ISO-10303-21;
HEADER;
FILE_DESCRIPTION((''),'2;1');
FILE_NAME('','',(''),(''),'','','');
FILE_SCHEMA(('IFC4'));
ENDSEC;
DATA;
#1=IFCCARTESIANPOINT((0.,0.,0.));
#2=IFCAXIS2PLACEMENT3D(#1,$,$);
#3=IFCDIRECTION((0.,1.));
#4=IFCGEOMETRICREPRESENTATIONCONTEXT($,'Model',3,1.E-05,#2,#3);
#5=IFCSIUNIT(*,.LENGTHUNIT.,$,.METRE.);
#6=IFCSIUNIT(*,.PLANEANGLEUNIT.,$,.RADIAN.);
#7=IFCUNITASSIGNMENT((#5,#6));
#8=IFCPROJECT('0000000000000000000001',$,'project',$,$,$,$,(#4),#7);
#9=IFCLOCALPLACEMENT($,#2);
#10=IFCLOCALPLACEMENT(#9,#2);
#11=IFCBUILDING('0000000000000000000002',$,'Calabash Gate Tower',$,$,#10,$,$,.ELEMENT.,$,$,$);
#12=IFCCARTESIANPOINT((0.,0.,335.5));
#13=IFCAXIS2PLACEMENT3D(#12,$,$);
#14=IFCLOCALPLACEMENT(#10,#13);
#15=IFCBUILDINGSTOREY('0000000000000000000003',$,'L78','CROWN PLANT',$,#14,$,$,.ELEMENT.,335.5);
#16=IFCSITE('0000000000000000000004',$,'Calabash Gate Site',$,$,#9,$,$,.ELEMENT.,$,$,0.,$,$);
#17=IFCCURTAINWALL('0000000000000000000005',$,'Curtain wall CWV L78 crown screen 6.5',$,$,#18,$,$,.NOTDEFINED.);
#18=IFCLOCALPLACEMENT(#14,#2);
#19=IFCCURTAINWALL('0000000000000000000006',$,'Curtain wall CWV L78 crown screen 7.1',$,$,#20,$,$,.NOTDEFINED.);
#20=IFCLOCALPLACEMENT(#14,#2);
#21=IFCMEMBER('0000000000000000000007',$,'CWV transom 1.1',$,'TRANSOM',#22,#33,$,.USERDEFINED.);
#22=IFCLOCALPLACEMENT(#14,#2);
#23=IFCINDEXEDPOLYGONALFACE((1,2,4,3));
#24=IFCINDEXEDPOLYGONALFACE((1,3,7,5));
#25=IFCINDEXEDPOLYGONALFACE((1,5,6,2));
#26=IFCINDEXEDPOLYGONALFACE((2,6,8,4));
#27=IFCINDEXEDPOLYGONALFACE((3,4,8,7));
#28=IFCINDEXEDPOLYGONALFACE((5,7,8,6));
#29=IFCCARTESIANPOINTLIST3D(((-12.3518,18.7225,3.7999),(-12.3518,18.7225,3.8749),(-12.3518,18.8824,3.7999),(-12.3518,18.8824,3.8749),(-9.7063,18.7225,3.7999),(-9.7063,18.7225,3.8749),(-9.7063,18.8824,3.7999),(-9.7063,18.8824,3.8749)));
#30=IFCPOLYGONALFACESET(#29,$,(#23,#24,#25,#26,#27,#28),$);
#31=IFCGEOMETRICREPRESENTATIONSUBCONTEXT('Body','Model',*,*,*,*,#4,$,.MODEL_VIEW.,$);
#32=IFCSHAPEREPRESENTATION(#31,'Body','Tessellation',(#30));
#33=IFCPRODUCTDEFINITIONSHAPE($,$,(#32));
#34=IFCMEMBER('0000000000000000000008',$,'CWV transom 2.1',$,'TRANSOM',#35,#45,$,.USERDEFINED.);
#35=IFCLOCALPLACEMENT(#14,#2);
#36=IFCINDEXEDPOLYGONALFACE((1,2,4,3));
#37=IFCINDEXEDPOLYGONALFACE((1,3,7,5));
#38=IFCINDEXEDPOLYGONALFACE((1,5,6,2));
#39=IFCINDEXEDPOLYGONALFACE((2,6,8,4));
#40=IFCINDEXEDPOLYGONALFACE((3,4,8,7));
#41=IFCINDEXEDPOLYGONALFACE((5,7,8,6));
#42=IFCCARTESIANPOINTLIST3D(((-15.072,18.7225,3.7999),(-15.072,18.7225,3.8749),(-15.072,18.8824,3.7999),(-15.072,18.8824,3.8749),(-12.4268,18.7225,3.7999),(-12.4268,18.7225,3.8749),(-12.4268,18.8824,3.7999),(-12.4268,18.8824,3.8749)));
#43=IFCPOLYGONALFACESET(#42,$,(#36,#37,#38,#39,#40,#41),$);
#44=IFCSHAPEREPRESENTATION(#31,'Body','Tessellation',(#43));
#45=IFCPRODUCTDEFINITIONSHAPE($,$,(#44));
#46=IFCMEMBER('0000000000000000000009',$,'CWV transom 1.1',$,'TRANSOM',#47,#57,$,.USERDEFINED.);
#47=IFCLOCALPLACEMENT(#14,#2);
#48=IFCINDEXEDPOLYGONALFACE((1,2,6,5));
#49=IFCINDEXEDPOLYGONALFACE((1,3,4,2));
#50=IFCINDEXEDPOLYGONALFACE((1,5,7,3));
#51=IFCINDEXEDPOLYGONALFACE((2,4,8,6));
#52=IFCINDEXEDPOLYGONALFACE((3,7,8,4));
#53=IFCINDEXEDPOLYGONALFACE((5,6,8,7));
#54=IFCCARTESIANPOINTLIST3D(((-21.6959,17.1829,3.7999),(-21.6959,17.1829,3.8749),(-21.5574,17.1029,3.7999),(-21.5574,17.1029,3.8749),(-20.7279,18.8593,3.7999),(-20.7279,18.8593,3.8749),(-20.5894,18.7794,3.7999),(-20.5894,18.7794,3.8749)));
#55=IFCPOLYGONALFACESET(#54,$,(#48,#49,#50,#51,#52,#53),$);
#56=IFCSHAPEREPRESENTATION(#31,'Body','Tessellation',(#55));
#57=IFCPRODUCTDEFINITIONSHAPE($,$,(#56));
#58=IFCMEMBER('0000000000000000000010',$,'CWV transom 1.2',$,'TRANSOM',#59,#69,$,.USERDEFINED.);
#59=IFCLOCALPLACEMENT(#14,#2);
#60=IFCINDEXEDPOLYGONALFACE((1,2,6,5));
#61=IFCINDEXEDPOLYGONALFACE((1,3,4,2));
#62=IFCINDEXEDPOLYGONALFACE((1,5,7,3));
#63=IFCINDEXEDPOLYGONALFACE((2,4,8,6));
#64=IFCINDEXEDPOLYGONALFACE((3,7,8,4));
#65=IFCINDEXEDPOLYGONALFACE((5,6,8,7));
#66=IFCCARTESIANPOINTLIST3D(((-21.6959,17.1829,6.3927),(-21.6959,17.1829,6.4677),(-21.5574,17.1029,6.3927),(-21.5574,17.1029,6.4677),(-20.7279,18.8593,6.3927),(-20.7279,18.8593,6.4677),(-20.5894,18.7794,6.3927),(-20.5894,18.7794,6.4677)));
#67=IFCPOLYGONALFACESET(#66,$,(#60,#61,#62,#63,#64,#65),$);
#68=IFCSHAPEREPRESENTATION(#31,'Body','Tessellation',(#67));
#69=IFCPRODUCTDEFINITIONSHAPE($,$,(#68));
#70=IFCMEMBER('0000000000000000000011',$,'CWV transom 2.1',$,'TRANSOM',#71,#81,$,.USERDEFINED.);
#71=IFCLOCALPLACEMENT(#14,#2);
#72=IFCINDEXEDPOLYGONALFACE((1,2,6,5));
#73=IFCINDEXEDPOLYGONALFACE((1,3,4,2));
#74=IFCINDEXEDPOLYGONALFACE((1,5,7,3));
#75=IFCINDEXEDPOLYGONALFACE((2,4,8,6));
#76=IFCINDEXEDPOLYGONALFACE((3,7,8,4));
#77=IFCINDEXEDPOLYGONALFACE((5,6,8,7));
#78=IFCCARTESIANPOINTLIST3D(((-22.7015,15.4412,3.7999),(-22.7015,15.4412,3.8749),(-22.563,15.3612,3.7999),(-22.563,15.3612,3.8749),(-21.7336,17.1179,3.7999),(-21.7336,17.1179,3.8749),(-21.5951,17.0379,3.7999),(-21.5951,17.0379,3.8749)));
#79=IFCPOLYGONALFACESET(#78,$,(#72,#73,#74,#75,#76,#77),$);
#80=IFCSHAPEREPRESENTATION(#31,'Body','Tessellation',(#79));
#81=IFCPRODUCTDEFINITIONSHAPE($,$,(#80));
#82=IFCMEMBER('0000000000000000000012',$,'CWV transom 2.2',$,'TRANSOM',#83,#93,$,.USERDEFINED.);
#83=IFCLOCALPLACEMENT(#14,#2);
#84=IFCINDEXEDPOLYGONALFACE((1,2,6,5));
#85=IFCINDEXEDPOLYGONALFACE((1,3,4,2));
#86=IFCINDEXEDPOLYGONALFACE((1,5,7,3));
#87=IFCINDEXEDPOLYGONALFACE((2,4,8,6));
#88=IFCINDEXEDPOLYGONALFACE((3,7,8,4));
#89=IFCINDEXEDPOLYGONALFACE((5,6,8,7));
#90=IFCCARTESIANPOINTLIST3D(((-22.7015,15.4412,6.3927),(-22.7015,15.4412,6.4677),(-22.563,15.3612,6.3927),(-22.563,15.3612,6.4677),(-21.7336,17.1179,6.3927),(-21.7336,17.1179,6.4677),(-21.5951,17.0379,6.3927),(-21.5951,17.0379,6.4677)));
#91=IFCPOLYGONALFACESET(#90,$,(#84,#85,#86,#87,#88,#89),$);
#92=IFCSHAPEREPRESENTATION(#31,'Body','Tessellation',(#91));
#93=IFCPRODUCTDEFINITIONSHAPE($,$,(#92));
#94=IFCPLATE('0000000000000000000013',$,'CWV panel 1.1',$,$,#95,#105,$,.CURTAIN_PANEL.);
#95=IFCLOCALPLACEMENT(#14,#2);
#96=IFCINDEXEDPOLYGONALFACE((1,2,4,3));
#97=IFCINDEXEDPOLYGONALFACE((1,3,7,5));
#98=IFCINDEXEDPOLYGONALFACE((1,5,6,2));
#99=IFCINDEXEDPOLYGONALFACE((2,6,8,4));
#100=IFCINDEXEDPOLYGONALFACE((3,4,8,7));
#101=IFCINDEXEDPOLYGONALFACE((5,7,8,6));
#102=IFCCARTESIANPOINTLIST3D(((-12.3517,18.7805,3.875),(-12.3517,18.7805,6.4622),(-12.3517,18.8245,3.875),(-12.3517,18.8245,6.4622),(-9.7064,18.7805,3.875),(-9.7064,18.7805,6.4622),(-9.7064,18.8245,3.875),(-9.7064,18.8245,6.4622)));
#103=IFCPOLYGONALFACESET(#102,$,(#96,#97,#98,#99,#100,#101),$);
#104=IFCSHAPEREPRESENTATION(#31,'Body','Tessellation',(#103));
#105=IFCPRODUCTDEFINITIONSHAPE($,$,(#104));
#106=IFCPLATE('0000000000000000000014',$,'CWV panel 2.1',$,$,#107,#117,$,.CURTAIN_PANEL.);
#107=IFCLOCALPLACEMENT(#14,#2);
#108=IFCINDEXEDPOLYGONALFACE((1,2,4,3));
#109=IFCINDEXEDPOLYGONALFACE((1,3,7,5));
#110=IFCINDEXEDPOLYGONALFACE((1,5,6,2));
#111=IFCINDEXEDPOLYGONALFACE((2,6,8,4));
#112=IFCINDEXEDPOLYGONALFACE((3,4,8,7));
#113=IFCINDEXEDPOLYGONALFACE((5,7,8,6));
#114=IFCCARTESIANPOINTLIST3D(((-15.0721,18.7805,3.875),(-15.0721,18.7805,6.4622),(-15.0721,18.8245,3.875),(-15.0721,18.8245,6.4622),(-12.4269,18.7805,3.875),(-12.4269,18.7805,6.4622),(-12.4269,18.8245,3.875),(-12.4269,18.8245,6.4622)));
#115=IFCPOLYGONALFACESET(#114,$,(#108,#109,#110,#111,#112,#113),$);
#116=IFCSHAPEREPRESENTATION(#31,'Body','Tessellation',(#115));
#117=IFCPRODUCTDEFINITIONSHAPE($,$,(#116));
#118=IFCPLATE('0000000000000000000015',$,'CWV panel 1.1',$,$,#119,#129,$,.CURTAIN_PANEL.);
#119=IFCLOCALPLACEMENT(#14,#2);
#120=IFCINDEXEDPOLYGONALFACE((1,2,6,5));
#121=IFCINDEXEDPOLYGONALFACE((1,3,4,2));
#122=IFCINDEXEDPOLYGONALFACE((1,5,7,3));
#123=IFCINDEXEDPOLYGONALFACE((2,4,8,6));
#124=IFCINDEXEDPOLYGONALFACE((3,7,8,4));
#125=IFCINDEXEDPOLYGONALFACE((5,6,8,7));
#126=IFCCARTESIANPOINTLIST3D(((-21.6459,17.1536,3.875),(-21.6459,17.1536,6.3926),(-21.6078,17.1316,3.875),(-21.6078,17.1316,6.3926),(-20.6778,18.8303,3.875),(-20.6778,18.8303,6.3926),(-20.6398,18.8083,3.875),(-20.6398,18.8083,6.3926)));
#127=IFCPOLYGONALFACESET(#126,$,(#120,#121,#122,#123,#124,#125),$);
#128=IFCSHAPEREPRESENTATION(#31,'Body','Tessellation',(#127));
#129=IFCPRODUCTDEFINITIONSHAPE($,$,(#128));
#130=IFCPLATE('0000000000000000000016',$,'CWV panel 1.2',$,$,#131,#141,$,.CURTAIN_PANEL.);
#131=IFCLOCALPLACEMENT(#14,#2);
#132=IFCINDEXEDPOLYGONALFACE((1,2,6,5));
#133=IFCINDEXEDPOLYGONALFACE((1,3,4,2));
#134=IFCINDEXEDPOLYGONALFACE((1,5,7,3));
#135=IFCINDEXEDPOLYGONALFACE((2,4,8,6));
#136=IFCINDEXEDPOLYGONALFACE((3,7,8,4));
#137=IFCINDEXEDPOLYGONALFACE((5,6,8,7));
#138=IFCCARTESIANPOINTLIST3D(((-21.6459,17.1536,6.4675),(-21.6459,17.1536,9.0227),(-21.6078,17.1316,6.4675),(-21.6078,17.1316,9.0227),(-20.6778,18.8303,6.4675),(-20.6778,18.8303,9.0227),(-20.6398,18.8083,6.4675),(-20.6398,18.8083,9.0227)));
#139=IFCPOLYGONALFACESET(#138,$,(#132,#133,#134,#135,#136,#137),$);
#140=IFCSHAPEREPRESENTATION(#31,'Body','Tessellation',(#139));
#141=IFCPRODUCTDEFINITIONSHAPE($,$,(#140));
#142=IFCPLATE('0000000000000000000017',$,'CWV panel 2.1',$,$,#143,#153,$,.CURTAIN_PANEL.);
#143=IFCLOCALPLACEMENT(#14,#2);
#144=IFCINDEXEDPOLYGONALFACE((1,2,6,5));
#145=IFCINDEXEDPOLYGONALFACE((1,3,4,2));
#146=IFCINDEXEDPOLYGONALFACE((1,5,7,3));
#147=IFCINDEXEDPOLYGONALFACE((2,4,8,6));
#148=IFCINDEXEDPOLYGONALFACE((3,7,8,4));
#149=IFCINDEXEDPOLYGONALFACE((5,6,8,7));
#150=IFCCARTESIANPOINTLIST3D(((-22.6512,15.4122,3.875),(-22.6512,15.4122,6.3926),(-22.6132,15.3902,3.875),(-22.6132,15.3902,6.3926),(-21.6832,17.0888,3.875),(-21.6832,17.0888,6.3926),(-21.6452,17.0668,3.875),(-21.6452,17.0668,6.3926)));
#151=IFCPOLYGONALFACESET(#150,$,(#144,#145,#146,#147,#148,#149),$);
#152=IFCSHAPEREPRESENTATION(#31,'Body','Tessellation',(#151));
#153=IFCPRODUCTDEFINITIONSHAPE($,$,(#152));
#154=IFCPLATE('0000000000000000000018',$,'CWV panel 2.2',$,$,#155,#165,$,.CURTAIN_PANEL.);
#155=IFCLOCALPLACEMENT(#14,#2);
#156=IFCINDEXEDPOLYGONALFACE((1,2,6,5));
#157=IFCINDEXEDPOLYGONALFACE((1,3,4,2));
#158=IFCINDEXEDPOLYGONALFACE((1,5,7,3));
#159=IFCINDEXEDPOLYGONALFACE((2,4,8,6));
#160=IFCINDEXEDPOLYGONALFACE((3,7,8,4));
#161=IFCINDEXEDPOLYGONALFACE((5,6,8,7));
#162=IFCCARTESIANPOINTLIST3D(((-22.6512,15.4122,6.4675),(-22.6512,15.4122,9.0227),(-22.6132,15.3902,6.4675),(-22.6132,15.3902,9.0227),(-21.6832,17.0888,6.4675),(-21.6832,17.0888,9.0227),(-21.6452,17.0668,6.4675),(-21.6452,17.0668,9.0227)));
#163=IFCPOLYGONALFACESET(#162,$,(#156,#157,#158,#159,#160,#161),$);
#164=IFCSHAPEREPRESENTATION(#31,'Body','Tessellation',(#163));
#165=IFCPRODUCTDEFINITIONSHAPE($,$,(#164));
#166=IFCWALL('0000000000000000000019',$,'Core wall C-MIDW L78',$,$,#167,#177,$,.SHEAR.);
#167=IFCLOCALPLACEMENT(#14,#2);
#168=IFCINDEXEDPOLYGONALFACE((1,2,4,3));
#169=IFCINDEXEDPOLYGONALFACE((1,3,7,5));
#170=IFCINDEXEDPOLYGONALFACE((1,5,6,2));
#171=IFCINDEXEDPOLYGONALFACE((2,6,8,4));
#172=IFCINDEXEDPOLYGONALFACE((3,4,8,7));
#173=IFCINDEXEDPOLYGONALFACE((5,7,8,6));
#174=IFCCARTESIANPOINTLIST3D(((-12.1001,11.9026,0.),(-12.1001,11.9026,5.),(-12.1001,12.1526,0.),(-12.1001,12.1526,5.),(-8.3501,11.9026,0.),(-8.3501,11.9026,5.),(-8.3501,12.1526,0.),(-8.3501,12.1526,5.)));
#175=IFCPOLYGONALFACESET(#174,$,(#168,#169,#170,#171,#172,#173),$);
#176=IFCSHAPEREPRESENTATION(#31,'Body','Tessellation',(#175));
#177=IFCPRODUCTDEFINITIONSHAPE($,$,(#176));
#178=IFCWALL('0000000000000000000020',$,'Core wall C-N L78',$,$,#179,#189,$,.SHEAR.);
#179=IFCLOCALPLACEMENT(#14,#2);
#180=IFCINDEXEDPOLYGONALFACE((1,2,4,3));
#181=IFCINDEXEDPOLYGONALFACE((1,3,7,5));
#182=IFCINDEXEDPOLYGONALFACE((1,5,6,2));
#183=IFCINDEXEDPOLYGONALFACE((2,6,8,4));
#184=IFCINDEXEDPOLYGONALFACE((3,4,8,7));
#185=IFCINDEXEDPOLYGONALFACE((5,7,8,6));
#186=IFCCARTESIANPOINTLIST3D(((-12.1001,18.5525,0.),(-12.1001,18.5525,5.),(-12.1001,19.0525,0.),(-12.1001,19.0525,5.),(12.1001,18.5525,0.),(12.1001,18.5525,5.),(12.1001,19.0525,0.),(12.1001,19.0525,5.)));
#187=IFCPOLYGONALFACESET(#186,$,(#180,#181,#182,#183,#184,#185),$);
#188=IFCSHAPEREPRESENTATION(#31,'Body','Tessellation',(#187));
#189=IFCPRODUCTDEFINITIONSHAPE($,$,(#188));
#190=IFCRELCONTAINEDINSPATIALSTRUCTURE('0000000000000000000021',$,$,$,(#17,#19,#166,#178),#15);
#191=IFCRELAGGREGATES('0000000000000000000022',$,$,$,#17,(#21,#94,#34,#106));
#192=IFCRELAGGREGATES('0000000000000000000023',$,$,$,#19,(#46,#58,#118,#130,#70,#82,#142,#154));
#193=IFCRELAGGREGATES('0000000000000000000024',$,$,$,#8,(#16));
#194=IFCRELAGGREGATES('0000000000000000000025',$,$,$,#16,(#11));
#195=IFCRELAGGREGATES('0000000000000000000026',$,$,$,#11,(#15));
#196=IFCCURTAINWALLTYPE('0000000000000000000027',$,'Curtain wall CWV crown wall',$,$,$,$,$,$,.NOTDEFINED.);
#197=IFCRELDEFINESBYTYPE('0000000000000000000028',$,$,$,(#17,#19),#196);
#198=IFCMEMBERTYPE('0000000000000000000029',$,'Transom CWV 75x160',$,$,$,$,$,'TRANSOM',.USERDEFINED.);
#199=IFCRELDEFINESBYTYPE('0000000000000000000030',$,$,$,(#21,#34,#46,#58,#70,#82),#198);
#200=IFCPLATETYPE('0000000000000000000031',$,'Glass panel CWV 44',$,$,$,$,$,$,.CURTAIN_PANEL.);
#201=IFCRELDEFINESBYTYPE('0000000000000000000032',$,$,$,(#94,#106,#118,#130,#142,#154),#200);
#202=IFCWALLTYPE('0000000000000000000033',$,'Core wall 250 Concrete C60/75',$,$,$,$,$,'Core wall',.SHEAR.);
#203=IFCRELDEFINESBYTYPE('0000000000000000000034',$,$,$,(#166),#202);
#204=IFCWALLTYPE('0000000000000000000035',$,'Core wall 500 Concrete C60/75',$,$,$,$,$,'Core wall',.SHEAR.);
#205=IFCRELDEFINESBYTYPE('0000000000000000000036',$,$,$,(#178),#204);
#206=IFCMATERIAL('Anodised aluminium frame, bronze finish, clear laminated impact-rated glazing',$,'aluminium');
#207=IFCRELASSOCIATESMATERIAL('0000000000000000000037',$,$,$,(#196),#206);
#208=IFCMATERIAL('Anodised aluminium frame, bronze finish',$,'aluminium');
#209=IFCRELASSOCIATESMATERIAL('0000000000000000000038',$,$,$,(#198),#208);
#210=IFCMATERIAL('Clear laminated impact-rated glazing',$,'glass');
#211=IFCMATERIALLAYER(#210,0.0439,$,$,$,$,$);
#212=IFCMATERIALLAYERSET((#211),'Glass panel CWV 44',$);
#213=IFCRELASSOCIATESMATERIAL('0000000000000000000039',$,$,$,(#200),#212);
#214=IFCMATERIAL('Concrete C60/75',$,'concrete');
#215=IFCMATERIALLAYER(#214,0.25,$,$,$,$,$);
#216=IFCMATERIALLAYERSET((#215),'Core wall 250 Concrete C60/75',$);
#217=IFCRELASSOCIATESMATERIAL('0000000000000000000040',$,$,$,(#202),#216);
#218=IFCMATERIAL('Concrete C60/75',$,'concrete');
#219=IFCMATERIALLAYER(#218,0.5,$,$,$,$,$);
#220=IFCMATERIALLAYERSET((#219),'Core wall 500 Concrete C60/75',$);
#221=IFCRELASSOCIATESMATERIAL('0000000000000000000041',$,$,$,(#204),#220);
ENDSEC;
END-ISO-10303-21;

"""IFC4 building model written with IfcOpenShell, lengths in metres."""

from ifc_helpers import new_model, si_unit, direction, frame, frame_2d, origin, origin_2d, place, context, subcontext, project, spatial, rectangle, extrude, material, layer, layer_set, material_profile, profile_set, type_object, element, aggregate, save


model = new_model("IFC4")

# Units and contexts
model_context = context("Model", 3, precision=1e-05, world=origin(), true_north=direction((0.0, 1.0)))
body_context = subcontext(model_context, "Body", "Model", "MODEL_VIEW")
ifc_project = project(units=[si_unit("LENGTHUNIT", "METRE"), si_unit("PLANEANGLEUNIT", "RADIAN")], contexts=[model_context])

# Site, building, storey
site_placement = place(None, origin())
site = spatial("IfcSite", under=ifc_project, at=site_placement, Name="Calabash Gate Site", CompositionType="ELEMENT", RefElevation=0.0)
building_placement = place(site_placement, origin())
building = spatial("IfcBuilding", under=site, at=building_placement, Name="Calabash Gate Tower", CompositionType="ELEMENT")
storey_placement = place(building_placement, frame((0.0, 0.0, 335.5)))
storey = spatial("IfcBuildingStorey", under=building, at=storey_placement, Name="L78", Description="CROWN PLANT", CompositionType="ELEMENT", Elevation=335.5)

# Curtain walls
ifc_material_1 = material(Name="Anodised aluminium frame, bronze finish, clear laminated impact-rated glazing", Category="aluminium")
curtain_wall_type = type_object("IfcCurtainWallType", Name="Curtain wall CWV crown wall", PredefinedType="NOTDEFINED", material=ifc_material_1)
curtain_wall_1_placement = place(storey_placement, origin())
curtain_wall_1 = element("IfcCurtainWall", 1, at=curtain_wall_1_placement, inside=storey, type_object=curtain_wall_type, Name="Curtain wall CWV L78 crown screen 6.5", PredefinedType="NOTDEFINED")
curtain_wall_2_placement = place(storey_placement, origin())
curtain_wall_2 = element("IfcCurtainWall", 2, at=curtain_wall_2_placement, inside=storey, type_object=curtain_wall_type, Name="Curtain wall CWV L78 crown screen 7.1", PredefinedType="NOTDEFINED")

# Members
ifc_material_2 = material(Name="Anodised aluminium frame, bronze finish", Category="aluminium")
ifc_material_profile_1 = material_profile(ifc_material_2, rectangle(XDim=0.1599, YDim=0.075, at=origin_2d()))
ifc_profile_set_1 = profile_set([ifc_material_profile_1], Name="Anodised aluminium frame, bronze finish")
member_type_1 = type_object("IfcMemberType", Name="Transom CWV 75x160", ElementType="TRANSOM", PredefinedType="USERDEFINED", material=ifc_profile_set_1)
member_1_placement = place(storey_placement, frame((-9.7063, 18.8025, 3.8374), z_axis=(-1.0, 0.0, 0.0), x_axis=(0.0, -1.0, 0.0)))
member_1 = element("IfcMember", 3, at=member_1_placement, type_object=member_type_1, Name="CWV transom 1.1", ObjectType="TRANSOM", PredefinedType="USERDEFINED", context=body_context, shape_type="SweptSolid", body=[
    extrude(rectangle(XDim=0.1599, YDim=0.075, at=origin_2d()), origin(), (0.0, 0.0, 1.0), 2.6455),
])
member_2_placement = place(storey_placement, frame((-12.4268, 18.8025, 3.8374), z_axis=(-1.0, 0.0, 0.0), x_axis=(0.0, -1.0, 0.0)))
member_2 = element("IfcMember", 4, at=member_2_placement, type_object=member_type_1, Name="CWV transom 2.1", ObjectType="TRANSOM", PredefinedType="USERDEFINED", context=body_context, shape_type="SweptSolid", body=[
    extrude(rectangle(XDim=0.1599, YDim=0.075, at=origin_2d()), origin(), (0.0, 0.0, 1.0), 2.6453),
])
member_3_placement = place(storey_placement, frame((-20.6587, 18.8193, 3.8374), z_axis=(-0.500032, -0.866007, 0.0), x_axis=(0.866007, -0.500032, 0.0)))
member_3 = element("IfcMember", 5, at=member_3_placement, type_object=member_type_1, Name="CWV transom 1.1", ObjectType="TRANSOM", PredefinedType="USERDEFINED", context=body_context, shape_type="SweptSolid", body=[
    extrude(rectangle(XDim=0.1599, YDim=0.075, at=origin_2d()), origin(), (0.0, 0.0, 1.0), 1.9358),
])
member_4_placement = place(storey_placement, frame((-20.6587, 18.8193, 6.4302), z_axis=(-0.500032, -0.866007, 0.0), x_axis=(0.866007, -0.500032, 0.0)))
member_4 = element("IfcMember", 6, at=member_4_placement, type_object=member_type_1, Name="CWV transom 1.2", ObjectType="TRANSOM", PredefinedType="USERDEFINED", context=body_context, shape_type="SweptSolid", body=[
    extrude(rectangle(XDim=0.1599, YDim=0.075, at=origin_2d()), origin(), (0.0, 0.0, 1.0), 1.9358),
])
member_5_placement = place(storey_placement, frame((-21.6643, 17.0779, 3.8374), z_axis=(-0.499977, -0.866039, 0.0), x_axis=(0.866039, -0.499977, 0.0)))
member_5 = element("IfcMember", 7, at=member_5_placement, type_object=member_type_1, Name="CWV transom 2.1", ObjectType="TRANSOM", PredefinedType="USERDEFINED", context=body_context, shape_type="SweptSolid", body=[
    extrude(rectangle(XDim=0.1599, YDim=0.075, at=origin_2d()), origin(), (0.0, 0.0, 1.0), 1.936),
])
member_6_placement = place(storey_placement, frame((-21.6643, 17.0779, 6.4302), z_axis=(-0.499977, -0.866039, 0.0), x_axis=(0.866039, -0.499977, 0.0)))
member_6 = element("IfcMember", 8, at=member_6_placement, type_object=member_type_1, Name="CWV transom 2.2", ObjectType="TRANSOM", PredefinedType="USERDEFINED", context=body_context, shape_type="SweptSolid", body=[
    extrude(rectangle(XDim=0.1599, YDim=0.075, at=origin_2d()), origin(), (0.0, 0.0, 1.0), 1.936),
])

# Plates
ifc_material_3 = material(Name="Clear laminated impact-rated glazing", Category="glass")
ifc_layer_1 = layer(ifc_material_3, 0.0439)
ifc_layer_set_1 = layer_set([ifc_layer_1], Name="Glass panel CWV 44")
plate_type = type_object("IfcPlateType", Name="Glass panel CWV 44", PredefinedType="CURTAIN_PANEL", material=ifc_layer_set_1)
plate_1_placement = place(storey_placement, frame((-11.0291, 18.8025, 3.875), z_axis=(0.0, 0.0, 1.0), x_axis=(-1.0, 0.0, 0.0)))
plate_1 = element("IfcPlate", 9, at=plate_1_placement, type_object=plate_type, Name="CWV panel 1.1", PredefinedType="CURTAIN_PANEL", context=body_context, shape_type="SweptSolid", body=[
    extrude(rectangle(XDim=2.6453, YDim=0.0439, at=origin_2d()), origin(), (0.0, 0.0, 1.0), 2.5872),
])
plate_2_placement = place(storey_placement, frame((-13.7495, 18.8025, 3.875), z_axis=(0.0, 0.0, 1.0), x_axis=(-1.0, 0.0, 0.0)))
plate_2 = element("IfcPlate", 10, at=plate_2_placement, type_object=plate_type, Name="CWV panel 2.1", PredefinedType="CURTAIN_PANEL", context=body_context, shape_type="SweptSolid", body=[
    extrude(rectangle(XDim=2.6453, YDim=0.0439, at=origin_2d()), origin(), (0.0, 0.0, 1.0), 2.5872),
])
aggregate(curtain_wall_1, [member_1, plate_1, member_2, plate_2])
plate_3_placement = place(storey_placement, frame((-21.1428, 17.981, 3.875), z_axis=(0.0, 0.0, 1.0), x_axis=(-0.5, -0.866025, 0.0)))
plate_3 = element("IfcPlate", 11, at=plate_3_placement, type_object=plate_type, Name="CWV panel 1.1", PredefinedType="CURTAIN_PANEL", context=body_context, shape_type="SweptSolid", body=[
    extrude(rectangle(XDim=1.936, YDim=0.0439, at=origin_2d()), origin(), (0.0, 0.0, 1.0), 2.5176),
])
plate_4_placement = place(storey_placement, frame((-21.1428, 17.981, 6.4675), z_axis=(0.0, 0.0, 1.0), x_axis=(-0.5, -0.866025, 0.0)))
plate_4 = element("IfcPlate", 12, at=plate_4_placement, type_object=plate_type, Name="CWV panel 1.2", PredefinedType="CURTAIN_PANEL", context=body_context, shape_type="SweptSolid", body=[
    extrude(rectangle(XDim=1.936, YDim=0.0439, at=origin_2d()), origin(), (0.0, 0.0, 1.0), 2.5552),
])
plate_5_placement = place(storey_placement, frame((-22.1482, 16.2395, 3.875), z_axis=(0.0, 0.0, 1.0), x_axis=(-0.5, -0.866025, 0.0)))
plate_5 = element("IfcPlate", 13, at=plate_5_placement, type_object=plate_type, Name="CWV panel 2.1", PredefinedType="CURTAIN_PANEL", context=body_context, shape_type="SweptSolid", body=[
    extrude(rectangle(XDim=1.936, YDim=0.0439, at=origin_2d()), origin(), (0.0, 0.0, 1.0), 2.5176),
])
plate_6_placement = place(storey_placement, frame((-22.1482, 16.2395, 6.4675), z_axis=(0.0, 0.0, 1.0), x_axis=(-0.5, -0.866025, 0.0)))
plate_6 = element("IfcPlate", 14, at=plate_6_placement, type_object=plate_type, Name="CWV panel 2.2", PredefinedType="CURTAIN_PANEL", context=body_context, shape_type="SweptSolid", body=[
    extrude(rectangle(XDim=1.936, YDim=0.0439, at=origin_2d()), origin(), (0.0, 0.0, 1.0), 2.5552),
])
aggregate(curtain_wall_2, [member_3, member_4, plate_3, plate_4, member_5, member_6, plate_5, plate_6])

# Walls
ifc_material_4 = material(Name="Concrete C60/75", Category="concrete")
ifc_layer_2 = layer(ifc_material_4, 0.25)
ifc_layer_set_2 = layer_set([ifc_layer_2], Name="Core wall 250 Concrete C60/75")
wall_type_1 = type_object("IfcWallType", Name="Core wall 250 Concrete C60/75", ElementType="Core wall", PredefinedType="SHEAR", material=ifc_layer_set_2)
wall_1_placement = place(storey_placement, frame((-12.1001, 12.0276, 0.0), z_axis=(0.0, 0.0, 1.0), x_axis=(1.0, 0.0, 0.0)))
element("IfcWall", 15, at=wall_1_placement, inside=storey, type_object=wall_type_1, Name="Core wall C-MIDW L78", PredefinedType="SHEAR", context=body_context, shape_type="SweptSolid", body=[
    extrude(rectangle(XDim=3.75, YDim=0.25, at=frame_2d((1.875, 0.0))), origin(), (0.0, 0.0, 1.0), 5.0),
])
ifc_material_5 = material(Name="Concrete C60/75", Category="concrete")
ifc_layer_3 = layer(ifc_material_5, 0.5)
ifc_layer_set_3 = layer_set([ifc_layer_3], Name="Core wall 500 Concrete C60/75")
wall_type_2 = type_object("IfcWallType", Name="Core wall 500 Concrete C60/75", ElementType="Core wall", PredefinedType="SHEAR", material=ifc_layer_set_3)
wall_2_placement = place(storey_placement, frame((-12.1001, 18.8025, 0.0), z_axis=(0.0, 0.0, 1.0), x_axis=(1.0, 0.0, 0.0)))
element("IfcWall", 16, at=wall_2_placement, inside=storey, type_object=wall_type_2, Name="Core wall C-N L78", PredefinedType="SHEAR", context=body_context, shape_type="SweptSolid", body=[
    extrude(rectangle(XDim=24.2002, YDim=0.5, at=frame_2d((12.1001, 0.0))), origin(), (0.0, 0.0, 1.0), 5.0),
])

save(model, "model.ifc")
